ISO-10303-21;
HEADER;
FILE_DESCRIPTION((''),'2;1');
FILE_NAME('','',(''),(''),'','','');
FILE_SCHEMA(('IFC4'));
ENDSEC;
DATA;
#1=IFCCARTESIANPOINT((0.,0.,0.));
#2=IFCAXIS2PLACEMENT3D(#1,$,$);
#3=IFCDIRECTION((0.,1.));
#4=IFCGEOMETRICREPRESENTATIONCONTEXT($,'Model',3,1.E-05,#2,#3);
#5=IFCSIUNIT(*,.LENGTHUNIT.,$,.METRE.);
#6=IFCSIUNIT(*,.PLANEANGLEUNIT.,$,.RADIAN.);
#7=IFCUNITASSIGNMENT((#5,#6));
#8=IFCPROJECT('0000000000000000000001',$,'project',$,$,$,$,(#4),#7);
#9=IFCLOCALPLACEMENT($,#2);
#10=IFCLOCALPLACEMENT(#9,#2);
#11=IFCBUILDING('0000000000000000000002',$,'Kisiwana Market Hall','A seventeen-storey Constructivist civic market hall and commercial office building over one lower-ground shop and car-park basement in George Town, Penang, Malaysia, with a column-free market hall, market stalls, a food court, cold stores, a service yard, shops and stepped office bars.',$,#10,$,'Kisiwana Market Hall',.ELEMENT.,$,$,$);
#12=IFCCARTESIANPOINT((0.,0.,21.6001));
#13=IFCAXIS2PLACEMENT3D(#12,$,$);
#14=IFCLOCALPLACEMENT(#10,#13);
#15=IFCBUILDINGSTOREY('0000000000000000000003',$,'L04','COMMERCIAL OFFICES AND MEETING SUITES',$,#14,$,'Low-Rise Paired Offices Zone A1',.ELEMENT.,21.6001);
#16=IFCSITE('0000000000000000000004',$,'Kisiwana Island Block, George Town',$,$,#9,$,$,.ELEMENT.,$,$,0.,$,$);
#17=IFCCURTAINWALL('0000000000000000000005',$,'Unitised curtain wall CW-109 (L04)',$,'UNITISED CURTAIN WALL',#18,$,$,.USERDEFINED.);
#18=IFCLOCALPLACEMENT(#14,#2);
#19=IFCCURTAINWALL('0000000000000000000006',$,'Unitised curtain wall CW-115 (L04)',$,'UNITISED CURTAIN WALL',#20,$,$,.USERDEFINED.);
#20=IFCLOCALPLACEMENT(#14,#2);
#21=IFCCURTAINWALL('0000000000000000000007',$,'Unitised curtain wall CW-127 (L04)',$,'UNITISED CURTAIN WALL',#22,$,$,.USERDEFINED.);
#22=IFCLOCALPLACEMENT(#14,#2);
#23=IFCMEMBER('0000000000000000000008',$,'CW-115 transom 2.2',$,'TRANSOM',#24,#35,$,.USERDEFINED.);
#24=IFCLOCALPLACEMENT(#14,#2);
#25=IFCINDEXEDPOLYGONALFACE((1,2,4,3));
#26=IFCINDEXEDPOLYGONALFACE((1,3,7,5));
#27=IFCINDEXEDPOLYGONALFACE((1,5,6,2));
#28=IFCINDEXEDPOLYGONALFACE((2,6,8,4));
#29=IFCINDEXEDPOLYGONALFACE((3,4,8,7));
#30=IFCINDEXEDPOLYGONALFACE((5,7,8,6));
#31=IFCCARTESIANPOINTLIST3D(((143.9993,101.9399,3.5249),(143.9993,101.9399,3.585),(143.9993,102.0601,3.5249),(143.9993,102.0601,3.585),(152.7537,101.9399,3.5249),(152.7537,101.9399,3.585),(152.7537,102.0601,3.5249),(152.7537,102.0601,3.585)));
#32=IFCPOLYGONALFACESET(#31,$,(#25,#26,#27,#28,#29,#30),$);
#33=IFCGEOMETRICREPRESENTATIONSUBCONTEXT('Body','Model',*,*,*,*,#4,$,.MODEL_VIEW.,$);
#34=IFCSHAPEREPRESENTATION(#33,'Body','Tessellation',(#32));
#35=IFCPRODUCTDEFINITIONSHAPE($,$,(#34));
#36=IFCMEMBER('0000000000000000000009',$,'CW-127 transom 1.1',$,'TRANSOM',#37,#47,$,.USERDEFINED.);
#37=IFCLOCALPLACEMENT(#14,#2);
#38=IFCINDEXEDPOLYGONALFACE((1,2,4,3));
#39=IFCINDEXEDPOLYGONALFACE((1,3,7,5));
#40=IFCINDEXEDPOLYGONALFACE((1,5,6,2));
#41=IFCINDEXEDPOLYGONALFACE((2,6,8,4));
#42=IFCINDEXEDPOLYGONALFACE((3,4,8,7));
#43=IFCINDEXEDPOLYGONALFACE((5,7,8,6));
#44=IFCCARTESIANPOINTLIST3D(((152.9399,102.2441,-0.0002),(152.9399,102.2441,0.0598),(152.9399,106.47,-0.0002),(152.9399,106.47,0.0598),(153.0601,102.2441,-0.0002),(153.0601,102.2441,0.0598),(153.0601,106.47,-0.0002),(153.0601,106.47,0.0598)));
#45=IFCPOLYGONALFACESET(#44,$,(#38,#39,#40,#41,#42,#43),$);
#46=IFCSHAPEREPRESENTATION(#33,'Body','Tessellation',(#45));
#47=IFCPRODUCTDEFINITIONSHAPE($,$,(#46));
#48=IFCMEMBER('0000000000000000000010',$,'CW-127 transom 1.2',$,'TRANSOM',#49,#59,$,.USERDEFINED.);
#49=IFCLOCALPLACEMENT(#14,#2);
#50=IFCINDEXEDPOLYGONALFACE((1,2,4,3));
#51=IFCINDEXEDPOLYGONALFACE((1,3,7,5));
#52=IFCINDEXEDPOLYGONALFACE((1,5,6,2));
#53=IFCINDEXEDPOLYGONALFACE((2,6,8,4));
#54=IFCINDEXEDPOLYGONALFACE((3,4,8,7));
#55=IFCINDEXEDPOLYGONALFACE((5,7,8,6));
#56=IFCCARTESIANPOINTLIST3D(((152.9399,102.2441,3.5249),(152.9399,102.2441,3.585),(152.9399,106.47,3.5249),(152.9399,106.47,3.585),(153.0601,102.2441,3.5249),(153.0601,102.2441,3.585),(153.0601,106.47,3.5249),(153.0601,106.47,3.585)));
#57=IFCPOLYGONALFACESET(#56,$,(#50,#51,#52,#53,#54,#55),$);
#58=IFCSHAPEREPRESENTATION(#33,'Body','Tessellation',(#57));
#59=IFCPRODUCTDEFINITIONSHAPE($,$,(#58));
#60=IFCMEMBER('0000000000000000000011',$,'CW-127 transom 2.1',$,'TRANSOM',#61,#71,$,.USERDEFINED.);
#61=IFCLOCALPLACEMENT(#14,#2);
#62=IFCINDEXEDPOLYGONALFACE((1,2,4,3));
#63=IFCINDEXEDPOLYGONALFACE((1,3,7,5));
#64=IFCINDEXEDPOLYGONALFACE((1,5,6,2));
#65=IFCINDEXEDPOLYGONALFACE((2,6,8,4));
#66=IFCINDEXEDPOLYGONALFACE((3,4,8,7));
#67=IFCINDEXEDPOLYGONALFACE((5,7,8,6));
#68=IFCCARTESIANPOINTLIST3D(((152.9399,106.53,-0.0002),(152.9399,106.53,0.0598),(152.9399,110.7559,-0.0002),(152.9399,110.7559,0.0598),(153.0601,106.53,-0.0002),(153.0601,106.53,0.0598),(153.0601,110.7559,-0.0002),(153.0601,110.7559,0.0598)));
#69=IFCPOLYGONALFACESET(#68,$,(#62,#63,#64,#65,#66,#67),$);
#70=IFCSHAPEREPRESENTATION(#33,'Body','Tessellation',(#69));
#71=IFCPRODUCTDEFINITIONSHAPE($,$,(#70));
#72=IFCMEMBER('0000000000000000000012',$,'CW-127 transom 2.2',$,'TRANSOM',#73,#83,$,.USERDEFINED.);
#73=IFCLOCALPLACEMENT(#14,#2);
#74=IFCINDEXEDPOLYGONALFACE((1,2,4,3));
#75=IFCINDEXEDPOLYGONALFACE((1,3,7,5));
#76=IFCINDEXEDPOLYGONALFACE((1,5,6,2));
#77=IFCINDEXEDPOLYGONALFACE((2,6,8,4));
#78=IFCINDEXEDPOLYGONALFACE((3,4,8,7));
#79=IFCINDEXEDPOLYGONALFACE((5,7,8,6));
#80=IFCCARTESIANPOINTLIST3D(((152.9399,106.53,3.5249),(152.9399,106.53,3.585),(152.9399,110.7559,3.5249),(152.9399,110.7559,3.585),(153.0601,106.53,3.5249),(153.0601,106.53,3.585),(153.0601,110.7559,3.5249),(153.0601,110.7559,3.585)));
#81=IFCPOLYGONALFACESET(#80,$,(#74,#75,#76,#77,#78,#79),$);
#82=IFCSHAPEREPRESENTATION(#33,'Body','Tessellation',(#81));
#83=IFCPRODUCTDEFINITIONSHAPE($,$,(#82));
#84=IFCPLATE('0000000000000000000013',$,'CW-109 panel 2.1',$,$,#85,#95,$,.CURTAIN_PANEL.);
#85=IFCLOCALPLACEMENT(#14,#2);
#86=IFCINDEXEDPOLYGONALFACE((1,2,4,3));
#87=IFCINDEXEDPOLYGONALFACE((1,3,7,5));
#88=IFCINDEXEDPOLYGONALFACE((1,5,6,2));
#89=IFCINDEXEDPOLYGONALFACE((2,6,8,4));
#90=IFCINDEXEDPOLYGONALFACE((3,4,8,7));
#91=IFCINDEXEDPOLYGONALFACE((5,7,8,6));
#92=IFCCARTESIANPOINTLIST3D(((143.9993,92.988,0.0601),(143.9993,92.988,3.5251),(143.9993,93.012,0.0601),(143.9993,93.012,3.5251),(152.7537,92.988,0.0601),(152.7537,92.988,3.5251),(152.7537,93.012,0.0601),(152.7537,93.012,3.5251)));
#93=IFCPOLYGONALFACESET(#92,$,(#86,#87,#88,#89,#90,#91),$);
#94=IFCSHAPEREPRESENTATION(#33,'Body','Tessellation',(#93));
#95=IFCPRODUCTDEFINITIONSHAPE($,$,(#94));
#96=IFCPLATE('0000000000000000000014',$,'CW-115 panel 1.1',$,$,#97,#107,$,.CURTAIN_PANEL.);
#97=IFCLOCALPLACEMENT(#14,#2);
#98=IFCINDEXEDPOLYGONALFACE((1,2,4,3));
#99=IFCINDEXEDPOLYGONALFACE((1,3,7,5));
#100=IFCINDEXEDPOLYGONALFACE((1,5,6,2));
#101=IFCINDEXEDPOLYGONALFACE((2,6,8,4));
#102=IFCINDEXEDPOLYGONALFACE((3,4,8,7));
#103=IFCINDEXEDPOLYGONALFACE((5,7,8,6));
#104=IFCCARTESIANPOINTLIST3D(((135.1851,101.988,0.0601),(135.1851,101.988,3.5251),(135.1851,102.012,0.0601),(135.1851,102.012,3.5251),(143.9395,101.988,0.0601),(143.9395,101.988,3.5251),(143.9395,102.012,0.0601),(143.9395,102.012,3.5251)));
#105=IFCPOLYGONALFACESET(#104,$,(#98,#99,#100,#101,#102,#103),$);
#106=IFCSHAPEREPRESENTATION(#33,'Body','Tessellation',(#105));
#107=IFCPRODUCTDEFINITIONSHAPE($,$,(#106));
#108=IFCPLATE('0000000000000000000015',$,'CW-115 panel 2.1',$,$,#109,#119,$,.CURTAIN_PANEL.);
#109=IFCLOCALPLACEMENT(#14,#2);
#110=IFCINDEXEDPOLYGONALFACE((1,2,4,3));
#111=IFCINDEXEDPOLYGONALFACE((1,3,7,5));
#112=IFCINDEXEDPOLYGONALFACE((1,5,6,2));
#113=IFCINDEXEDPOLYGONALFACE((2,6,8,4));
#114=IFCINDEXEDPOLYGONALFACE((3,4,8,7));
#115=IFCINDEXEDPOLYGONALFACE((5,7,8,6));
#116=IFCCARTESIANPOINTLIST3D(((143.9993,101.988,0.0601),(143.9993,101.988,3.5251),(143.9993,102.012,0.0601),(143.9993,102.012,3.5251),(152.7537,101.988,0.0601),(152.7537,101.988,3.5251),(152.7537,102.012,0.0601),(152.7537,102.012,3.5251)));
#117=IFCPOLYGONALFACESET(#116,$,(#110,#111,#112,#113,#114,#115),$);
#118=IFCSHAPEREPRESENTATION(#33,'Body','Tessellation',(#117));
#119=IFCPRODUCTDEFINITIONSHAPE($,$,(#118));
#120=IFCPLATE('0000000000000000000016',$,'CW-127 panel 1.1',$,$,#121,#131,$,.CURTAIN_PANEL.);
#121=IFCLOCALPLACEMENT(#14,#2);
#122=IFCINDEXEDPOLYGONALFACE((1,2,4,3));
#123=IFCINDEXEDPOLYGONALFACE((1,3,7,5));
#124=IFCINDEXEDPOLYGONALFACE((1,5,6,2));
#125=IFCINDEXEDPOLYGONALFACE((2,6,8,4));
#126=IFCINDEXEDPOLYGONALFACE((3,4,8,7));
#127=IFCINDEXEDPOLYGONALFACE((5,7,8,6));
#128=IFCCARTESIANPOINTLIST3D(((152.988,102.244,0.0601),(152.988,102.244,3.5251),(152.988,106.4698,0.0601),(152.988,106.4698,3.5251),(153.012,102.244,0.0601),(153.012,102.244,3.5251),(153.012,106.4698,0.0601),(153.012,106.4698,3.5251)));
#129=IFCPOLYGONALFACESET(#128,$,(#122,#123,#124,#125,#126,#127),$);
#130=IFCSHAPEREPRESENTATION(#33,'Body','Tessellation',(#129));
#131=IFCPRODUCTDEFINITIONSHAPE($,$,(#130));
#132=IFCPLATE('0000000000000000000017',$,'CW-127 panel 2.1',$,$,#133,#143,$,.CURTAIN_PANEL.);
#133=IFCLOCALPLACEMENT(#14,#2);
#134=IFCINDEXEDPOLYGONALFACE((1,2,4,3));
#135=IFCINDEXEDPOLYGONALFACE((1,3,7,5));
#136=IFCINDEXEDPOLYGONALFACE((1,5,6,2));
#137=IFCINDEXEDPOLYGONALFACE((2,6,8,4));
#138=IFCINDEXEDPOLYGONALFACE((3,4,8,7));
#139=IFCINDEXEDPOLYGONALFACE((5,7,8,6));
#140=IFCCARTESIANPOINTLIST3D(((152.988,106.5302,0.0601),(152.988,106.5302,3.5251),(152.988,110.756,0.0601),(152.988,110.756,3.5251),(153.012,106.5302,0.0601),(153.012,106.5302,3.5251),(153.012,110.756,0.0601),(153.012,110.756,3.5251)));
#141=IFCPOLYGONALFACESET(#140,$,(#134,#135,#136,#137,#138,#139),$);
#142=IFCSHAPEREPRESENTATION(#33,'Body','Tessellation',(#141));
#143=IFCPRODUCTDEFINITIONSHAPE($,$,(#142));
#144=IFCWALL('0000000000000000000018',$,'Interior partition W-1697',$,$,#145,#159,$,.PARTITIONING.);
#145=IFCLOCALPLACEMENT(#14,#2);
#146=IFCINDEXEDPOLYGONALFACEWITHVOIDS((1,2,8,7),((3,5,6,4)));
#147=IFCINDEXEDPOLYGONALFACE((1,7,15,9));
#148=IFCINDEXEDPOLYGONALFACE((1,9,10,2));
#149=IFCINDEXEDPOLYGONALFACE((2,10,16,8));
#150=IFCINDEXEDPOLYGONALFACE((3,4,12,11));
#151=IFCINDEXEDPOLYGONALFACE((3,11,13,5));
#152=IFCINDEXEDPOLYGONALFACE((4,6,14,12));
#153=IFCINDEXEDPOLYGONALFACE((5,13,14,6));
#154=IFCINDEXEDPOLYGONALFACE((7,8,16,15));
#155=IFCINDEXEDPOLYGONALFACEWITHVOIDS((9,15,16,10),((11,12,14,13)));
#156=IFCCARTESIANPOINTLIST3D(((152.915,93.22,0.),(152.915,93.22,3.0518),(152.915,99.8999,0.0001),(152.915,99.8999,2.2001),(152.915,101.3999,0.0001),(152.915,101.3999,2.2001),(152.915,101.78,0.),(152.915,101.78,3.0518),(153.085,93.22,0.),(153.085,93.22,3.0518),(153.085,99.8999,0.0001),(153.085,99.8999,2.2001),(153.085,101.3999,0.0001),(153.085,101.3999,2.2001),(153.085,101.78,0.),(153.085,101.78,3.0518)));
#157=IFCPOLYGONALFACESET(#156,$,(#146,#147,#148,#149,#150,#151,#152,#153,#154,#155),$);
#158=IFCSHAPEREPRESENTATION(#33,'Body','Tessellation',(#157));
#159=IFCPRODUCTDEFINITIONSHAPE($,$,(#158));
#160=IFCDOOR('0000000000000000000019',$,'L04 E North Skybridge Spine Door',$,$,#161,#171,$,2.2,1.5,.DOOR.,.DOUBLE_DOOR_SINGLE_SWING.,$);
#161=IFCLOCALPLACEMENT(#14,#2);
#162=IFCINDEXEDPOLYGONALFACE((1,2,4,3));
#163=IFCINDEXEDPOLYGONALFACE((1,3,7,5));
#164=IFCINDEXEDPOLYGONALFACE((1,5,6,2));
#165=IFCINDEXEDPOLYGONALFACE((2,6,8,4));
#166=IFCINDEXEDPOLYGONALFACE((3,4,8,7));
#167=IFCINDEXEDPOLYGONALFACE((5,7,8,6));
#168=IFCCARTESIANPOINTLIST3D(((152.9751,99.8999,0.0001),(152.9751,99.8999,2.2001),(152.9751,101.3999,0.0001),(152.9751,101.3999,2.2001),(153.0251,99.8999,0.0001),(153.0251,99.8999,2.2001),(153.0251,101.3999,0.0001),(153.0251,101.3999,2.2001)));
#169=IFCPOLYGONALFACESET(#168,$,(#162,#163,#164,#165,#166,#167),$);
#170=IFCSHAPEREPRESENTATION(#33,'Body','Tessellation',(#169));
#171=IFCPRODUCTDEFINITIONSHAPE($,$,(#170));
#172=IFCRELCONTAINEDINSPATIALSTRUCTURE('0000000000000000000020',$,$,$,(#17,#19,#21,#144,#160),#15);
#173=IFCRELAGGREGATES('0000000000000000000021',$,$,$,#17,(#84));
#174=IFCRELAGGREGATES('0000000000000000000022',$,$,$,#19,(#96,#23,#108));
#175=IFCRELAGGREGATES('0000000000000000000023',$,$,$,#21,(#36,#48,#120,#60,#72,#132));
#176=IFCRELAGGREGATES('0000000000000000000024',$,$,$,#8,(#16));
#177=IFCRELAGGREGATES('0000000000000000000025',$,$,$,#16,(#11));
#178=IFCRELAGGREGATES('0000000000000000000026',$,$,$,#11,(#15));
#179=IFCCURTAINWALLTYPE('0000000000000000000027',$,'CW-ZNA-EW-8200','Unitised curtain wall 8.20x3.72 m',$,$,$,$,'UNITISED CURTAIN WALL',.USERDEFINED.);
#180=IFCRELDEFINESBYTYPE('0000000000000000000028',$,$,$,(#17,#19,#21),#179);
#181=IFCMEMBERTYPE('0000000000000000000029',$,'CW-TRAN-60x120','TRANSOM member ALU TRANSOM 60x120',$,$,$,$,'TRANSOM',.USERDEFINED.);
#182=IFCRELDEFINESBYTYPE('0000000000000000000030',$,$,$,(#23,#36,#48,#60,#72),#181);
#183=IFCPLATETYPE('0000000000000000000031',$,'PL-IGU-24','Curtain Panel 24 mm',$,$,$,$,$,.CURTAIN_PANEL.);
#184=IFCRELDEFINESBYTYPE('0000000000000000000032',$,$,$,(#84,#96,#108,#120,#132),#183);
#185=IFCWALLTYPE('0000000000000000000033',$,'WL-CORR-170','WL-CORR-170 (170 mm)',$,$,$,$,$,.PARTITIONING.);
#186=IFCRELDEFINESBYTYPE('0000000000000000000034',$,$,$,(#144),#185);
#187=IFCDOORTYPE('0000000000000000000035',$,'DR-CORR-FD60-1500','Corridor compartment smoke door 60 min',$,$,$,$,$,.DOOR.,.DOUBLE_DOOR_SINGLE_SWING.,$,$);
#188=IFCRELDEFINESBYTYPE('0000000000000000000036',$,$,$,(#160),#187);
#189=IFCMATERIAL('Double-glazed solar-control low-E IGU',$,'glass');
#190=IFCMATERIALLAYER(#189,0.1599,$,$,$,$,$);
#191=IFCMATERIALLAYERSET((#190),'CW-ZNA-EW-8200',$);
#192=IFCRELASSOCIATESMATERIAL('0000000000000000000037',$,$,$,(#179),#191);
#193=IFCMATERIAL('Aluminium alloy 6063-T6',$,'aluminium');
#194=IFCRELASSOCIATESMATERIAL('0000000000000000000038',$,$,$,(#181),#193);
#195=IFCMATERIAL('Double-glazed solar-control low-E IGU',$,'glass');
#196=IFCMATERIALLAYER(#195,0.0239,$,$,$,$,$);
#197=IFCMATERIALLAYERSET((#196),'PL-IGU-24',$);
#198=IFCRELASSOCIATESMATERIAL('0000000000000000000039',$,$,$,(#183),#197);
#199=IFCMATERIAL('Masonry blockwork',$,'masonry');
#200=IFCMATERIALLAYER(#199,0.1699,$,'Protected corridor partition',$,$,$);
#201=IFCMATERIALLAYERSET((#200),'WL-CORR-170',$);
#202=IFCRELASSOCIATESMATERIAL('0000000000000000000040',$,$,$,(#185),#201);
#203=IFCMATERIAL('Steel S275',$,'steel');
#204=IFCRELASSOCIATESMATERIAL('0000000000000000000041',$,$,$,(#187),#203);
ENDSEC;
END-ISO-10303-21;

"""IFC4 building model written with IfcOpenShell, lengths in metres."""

from ifc_helpers import new_model, si_unit, direction, frame, frame_2d, origin, origin_2d, place, context, subcontext, project, spatial, rectangle, extrude, material, layer, layer_set, material_profile, profile_set, type_object, element, fill, aggregate, save


model = new_model("IFC4")

# Units and contexts
model_context = context("Model", 3, precision=1e-05, world=origin(), true_north=direction((0.0, 1.0)))
body_context = subcontext(model_context, "Body", "Model", "MODEL_VIEW")
ifc_project = project(units=[si_unit("LENGTHUNIT", "METRE"), si_unit("PLANEANGLEUNIT", "RADIAN")], contexts=[model_context])

# Site, building, storey
site_placement = place(None, origin())
site = spatial("IfcSite", under=ifc_project, at=site_placement, Name="Kisiwana Island Block, George Town", CompositionType="ELEMENT", RefElevation=0.0)
building_placement = place(site_placement, origin())
building = spatial("IfcBuilding", under=site, at=building_placement, Name="Kisiwana Market Hall", Description="A seventeen-storey Constructivist civic market hall and commercial office building over one lower-ground shop and car-park basement in George Town, Penang, Malaysia, with a column-free market hall, market stalls, a food court, cold stores, a service yard, shops and stepped office bars.", LongName="Kisiwana Market Hall", CompositionType="ELEMENT")
storey_placement = place(building_placement, frame((0.0, 0.0, 21.6001)))
storey = spatial("IfcBuildingStorey", under=building, at=storey_placement, Name="L04", Description="COMMERCIAL OFFICES AND MEETING SUITES", LongName="Low-Rise Paired Offices Zone A1", CompositionType="ELEMENT", Elevation=21.6001)

# Curtain wall
ifc_material_1 = material(Name="Double-glazed solar-control low-E IGU", Category="glass")
ifc_layer_1 = layer(ifc_material_1, 0.1599)
ifc_layer_set_1 = layer_set([ifc_layer_1], Name="CW-ZNA-EW-8200")
curtain_wall_type = type_object("IfcCurtainWallType", Name="CW-ZNA-EW-8200", Description="Unitised curtain wall 8.20x3.72 m", ElementType="UNITISED CURTAIN WALL", PredefinedType="USERDEFINED", material=ifc_layer_set_1)
curtain_wall_1_placement = place(storey_placement, origin())
curtain_wall_1 = element("IfcCurtainWall", 1, at=curtain_wall_1_placement, inside=storey, type_object=curtain_wall_type, Name="Unitised curtain wall CW-109 (L04)", ObjectType="UNITISED CURTAIN WALL", PredefinedType="USERDEFINED")

# Curtain walls
curtain_wall_2_placement = place(storey_placement, origin())
curtain_wall_2 = element("IfcCurtainWall", 2, at=curtain_wall_2_placement, inside=storey, type_object=curtain_wall_type, Name="Unitised curtain wall CW-115 (L04)", ObjectType="UNITISED CURTAIN WALL", PredefinedType="USERDEFINED")
curtain_wall_3_placement = place(storey_placement, origin())
curtain_wall_3 = element("IfcCurtainWall", 3, at=curtain_wall_3_placement, inside=storey, type_object=curtain_wall_type, Name="Unitised curtain wall CW-127 (L04)", ObjectType="UNITISED CURTAIN WALL", PredefinedType="USERDEFINED")

# Members
ifc_material_2 = material(Name="Aluminium alloy 6063-T6", Category="aluminium")
ifc_material_profile_1 = material_profile(ifc_material_2, rectangle(XDim=0.1201, YDim=0.0601, at=origin_2d()), Name="ALU TRANSOM 60x120")
ifc_profile_set_1 = profile_set([ifc_material_profile_1], Name="Aluminium alloy 6063-T6")
member_type_1 = type_object("IfcMemberType", Name="CW-TRAN-60x120", Description="TRANSOM member ALU TRANSOM 60x120", ElementType="TRANSOM", PredefinedType="USERDEFINED", material=ifc_profile_set_1)
member_1_placement = place(storey_placement, frame((143.9993, 102.0, 3.5549), z_axis=(1.0, 0.0, 0.0), x_axis=(0.0, 1.0, 0.0)))
member_1 = element("IfcMember", 4, at=member_1_placement, type_object=member_type_1, Name="CW-115 transom 2.2", ObjectType="TRANSOM", PredefinedType="USERDEFINED", context=body_context, shape_type="SweptSolid", body=[
    extrude(rectangle(XDim=0.1201, YDim=0.0601, at=origin_2d()), origin(), (0.0, 0.0, 1.0), 8.7544),
])
member_2_placement = place(storey_placement, frame((153.0, 102.2441, 0.0298), z_axis=(0.0, 1.0, 0.0), x_axis=(-1.0, 0.0, 0.0)))
member_2 = element("IfcMember", 5, at=member_2_placement, type_object=member_type_1, Name="CW-127 transom 1.1", ObjectType="TRANSOM", PredefinedType="USERDEFINED", context=body_context, shape_type="SweptSolid", body=[
    extrude(rectangle(XDim=0.1201, YDim=0.0601, at=origin_2d()), origin(), (0.0, 0.0, 1.0), 4.2258),
])
member_3_placement = place(storey_placement, frame((153.0, 102.2441, 3.5549), z_axis=(0.0, 1.0, 0.0), x_axis=(-1.0, 0.0, 0.0)))
member_3 = element("IfcMember", 6, at=member_3_placement, type_object=member_type_1, Name="CW-127 transom 1.2", ObjectType="TRANSOM", PredefinedType="USERDEFINED", context=body_context, shape_type="SweptSolid", body=[
    extrude(rectangle(XDim=0.1201, YDim=0.0601, at=origin_2d()), origin(), (0.0, 0.0, 1.0), 4.2258),
])
member_4_placement = place(storey_placement, frame((153.0, 106.53, 0.0298), z_axis=(0.0, 1.0, 0.0), x_axis=(-1.0, 0.0, 0.0)))
member_4 = element("IfcMember", 7, at=member_4_placement, type_object=member_type_1, Name="CW-127 transom 2.1", ObjectType="TRANSOM", PredefinedType="USERDEFINED", context=body_context, shape_type="SweptSolid", body=[
    extrude(rectangle(XDim=0.1201, YDim=0.0601, at=origin_2d()), origin(), (0.0, 0.0, 1.0), 4.2258),
])
member_5_placement = place(storey_placement, frame((153.0, 106.53, 3.5549), z_axis=(0.0, 1.0, 0.0), x_axis=(-1.0, 0.0, 0.0)))
member_5 = element("IfcMember", 8, at=member_5_placement, type_object=member_type_1, Name="CW-127 transom 2.2", ObjectType="TRANSOM", PredefinedType="USERDEFINED", context=body_context, shape_type="SweptSolid", body=[
    extrude(rectangle(XDim=0.1201, YDim=0.0601, at=origin_2d()), origin(), (0.0, 0.0, 1.0), 4.2258),
])

# Plates
ifc_material_3 = material(Name="Double-glazed solar-control low-E IGU", Category="glass")
ifc_layer_2 = layer(ifc_material_3, 0.0239)
ifc_layer_set_2 = layer_set([ifc_layer_2], Name="PL-IGU-24")
plate_type = type_object("IfcPlateType", Name="PL-IGU-24", Description="Curtain Panel 24 mm", PredefinedType="CURTAIN_PANEL", material=ifc_layer_set_2)
plate_1_placement = place(storey_placement, frame((148.3765, 93.0, 0.0601), z_axis=(0.0, 0.0, 1.0), x_axis=(1.0, 0.0, 0.0)))
plate_1 = element("IfcPlate", 9, at=plate_1_placement, type_object=plate_type, Name="CW-109 panel 2.1", PredefinedType="CURTAIN_PANEL", context=body_context, shape_type="SweptSolid", body=[
    extrude(rectangle(XDim=8.7544, YDim=0.0239, at=origin_2d()), origin(), (0.0, 0.0, 1.0), 3.4651),
])
aggregate(curtain_wall_1, [plate_1])
plate_2_placement = place(storey_placement, frame((139.5623, 102.0, 0.0601), z_axis=(0.0, 0.0, 1.0), x_axis=(1.0, 0.0, 0.0)))
plate_2 = element("IfcPlate", 10, at=plate_2_placement, type_object=plate_type, Name="CW-115 panel 1.1", PredefinedType="CURTAIN_PANEL", context=body_context, shape_type="SweptSolid", body=[
    extrude(rectangle(XDim=8.7544, YDim=0.0239, at=origin_2d()), origin(), (0.0, 0.0, 1.0), 3.4651),
])
plate_3_placement = place(storey_placement, frame((148.3765, 102.0, 0.0601), z_axis=(0.0, 0.0, 1.0), x_axis=(1.0, 0.0, 0.0)))
plate_3 = element("IfcPlate", 11, at=plate_3_placement, type_object=plate_type, Name="CW-115 panel 2.1", PredefinedType="CURTAIN_PANEL", context=body_context, shape_type="SweptSolid", body=[
    extrude(rectangle(XDim=8.7544, YDim=0.0239, at=origin_2d()), origin(), (0.0, 0.0, 1.0), 3.4651),
])
aggregate(curtain_wall_2, [plate_2, member_1, plate_3])
plate_4_placement = place(storey_placement, frame((153.0, 104.3569, 0.0601), z_axis=(0.0, 0.0, 1.0), x_axis=(0.0, 1.0, 0.0)))
plate_4 = element("IfcPlate", 12, at=plate_4_placement, type_object=plate_type, Name="CW-127 panel 1.1", PredefinedType="CURTAIN_PANEL", context=body_context, shape_type="SweptSolid", body=[
    extrude(rectangle(XDim=4.2258, YDim=0.0239, at=origin_2d()), origin(), (0.0, 0.0, 1.0), 3.4651),
])
plate_5_placement = place(storey_placement, frame((153.0, 108.6431, 0.0601), z_axis=(0.0, 0.0, 1.0), x_axis=(0.0, 1.0, 0.0)))
plate_5 = element("IfcPlate", 13, at=plate_5_placement, type_object=plate_type, Name="CW-127 panel 2.1", PredefinedType="CURTAIN_PANEL", context=body_context, shape_type="SweptSolid", body=[
    extrude(rectangle(XDim=4.2258, YDim=0.0239, at=origin_2d()), origin(), (0.0, 0.0, 1.0), 3.4651),
])
aggregate(curtain_wall_3, [member_2, member_3, plate_4, member_4, member_5, plate_5])

# Wall, opening, door
ifc_material_4 = material(Name="Masonry blockwork", Category="masonry")
ifc_layer_3 = layer(ifc_material_4, 0.1699, Name="Protected corridor partition")
ifc_layer_set_3 = layer_set([ifc_layer_3], Name="WL-CORR-170")
wall_type_1 = type_object("IfcWallType", Name="WL-CORR-170", Description="WL-CORR-170 (170 mm)", PredefinedType="PARTITIONING", material=ifc_layer_set_3)
wall_1_placement = place(storey_placement, frame((153.0, 93.22, 0.0), z_axis=(0.0, 0.0, 1.0), x_axis=(0.0, 1.0, 0.0)))
wall_1 = element("IfcWall", 14, at=wall_1_placement, inside=storey, type_object=wall_type_1, Name="Interior partition W-1697", PredefinedType="PARTITIONING", context=body_context, shape_type="SweptSolid", body=[
    extrude(rectangle(XDim=8.5601, YDim=0.1699, at=frame_2d((4.28, 0.0))), origin(), (0.0, 0.0, 1.0), 3.0518),
])
opening_1_placement = place(wall_1_placement, frame((6.6799, 0.0, 0.0)))
opening_1 = element("IfcOpeningElement", 15, at=opening_1_placement, cuts=wall_1, PredefinedType="OPENING", context=body_context, shape_type="SweptSolid", body=[
    extrude(rectangle(XDim=1.5, YDim=2.2, at=frame_2d((0.75, 1.1001))), frame((0.0, 0.0969, 0.0), z_axis=(0.0, -1.0, 0.0), x_axis=(1.0, 0.0, 0.0)), (0.0, 0.0, 1.0), 0.1938),
])
ifc_material_5 = material(Name="Steel S275", Category="steel")
door_type = type_object("IfcDoorType", Name="DR-CORR-FD60-1500", Description="Corridor compartment smoke door 60 min", OperationType="DOUBLE_DOOR_SINGLE_SWING", PredefinedType="DOOR", material=ifc_material_5)
door_placement = place(opening_1_placement, origin())
door = element("IfcDoor", 16, at=door_placement, inside=storey, type_object=door_type, Name="L04 E North Skybridge Spine Door", OperationType="DOUBLE_DOOR_SINGLE_SWING", OverallHeight=2.2, OverallWidth=1.5, PredefinedType="DOOR", context=body_context, shape_type="SweptSolid", body=[
    extrude(rectangle(XDim=1.5, YDim=2.2, at=frame_2d((0.75, 1.1001))), frame((0.0, 0.0249, 0.0), z_axis=(0.0, -1.0, 0.0), x_axis=(1.0, 0.0, 0.0)), (0.0, 0.0, 1.0), 0.05),
])
fill(opening_1, door)

save(model, "model.ifc")
